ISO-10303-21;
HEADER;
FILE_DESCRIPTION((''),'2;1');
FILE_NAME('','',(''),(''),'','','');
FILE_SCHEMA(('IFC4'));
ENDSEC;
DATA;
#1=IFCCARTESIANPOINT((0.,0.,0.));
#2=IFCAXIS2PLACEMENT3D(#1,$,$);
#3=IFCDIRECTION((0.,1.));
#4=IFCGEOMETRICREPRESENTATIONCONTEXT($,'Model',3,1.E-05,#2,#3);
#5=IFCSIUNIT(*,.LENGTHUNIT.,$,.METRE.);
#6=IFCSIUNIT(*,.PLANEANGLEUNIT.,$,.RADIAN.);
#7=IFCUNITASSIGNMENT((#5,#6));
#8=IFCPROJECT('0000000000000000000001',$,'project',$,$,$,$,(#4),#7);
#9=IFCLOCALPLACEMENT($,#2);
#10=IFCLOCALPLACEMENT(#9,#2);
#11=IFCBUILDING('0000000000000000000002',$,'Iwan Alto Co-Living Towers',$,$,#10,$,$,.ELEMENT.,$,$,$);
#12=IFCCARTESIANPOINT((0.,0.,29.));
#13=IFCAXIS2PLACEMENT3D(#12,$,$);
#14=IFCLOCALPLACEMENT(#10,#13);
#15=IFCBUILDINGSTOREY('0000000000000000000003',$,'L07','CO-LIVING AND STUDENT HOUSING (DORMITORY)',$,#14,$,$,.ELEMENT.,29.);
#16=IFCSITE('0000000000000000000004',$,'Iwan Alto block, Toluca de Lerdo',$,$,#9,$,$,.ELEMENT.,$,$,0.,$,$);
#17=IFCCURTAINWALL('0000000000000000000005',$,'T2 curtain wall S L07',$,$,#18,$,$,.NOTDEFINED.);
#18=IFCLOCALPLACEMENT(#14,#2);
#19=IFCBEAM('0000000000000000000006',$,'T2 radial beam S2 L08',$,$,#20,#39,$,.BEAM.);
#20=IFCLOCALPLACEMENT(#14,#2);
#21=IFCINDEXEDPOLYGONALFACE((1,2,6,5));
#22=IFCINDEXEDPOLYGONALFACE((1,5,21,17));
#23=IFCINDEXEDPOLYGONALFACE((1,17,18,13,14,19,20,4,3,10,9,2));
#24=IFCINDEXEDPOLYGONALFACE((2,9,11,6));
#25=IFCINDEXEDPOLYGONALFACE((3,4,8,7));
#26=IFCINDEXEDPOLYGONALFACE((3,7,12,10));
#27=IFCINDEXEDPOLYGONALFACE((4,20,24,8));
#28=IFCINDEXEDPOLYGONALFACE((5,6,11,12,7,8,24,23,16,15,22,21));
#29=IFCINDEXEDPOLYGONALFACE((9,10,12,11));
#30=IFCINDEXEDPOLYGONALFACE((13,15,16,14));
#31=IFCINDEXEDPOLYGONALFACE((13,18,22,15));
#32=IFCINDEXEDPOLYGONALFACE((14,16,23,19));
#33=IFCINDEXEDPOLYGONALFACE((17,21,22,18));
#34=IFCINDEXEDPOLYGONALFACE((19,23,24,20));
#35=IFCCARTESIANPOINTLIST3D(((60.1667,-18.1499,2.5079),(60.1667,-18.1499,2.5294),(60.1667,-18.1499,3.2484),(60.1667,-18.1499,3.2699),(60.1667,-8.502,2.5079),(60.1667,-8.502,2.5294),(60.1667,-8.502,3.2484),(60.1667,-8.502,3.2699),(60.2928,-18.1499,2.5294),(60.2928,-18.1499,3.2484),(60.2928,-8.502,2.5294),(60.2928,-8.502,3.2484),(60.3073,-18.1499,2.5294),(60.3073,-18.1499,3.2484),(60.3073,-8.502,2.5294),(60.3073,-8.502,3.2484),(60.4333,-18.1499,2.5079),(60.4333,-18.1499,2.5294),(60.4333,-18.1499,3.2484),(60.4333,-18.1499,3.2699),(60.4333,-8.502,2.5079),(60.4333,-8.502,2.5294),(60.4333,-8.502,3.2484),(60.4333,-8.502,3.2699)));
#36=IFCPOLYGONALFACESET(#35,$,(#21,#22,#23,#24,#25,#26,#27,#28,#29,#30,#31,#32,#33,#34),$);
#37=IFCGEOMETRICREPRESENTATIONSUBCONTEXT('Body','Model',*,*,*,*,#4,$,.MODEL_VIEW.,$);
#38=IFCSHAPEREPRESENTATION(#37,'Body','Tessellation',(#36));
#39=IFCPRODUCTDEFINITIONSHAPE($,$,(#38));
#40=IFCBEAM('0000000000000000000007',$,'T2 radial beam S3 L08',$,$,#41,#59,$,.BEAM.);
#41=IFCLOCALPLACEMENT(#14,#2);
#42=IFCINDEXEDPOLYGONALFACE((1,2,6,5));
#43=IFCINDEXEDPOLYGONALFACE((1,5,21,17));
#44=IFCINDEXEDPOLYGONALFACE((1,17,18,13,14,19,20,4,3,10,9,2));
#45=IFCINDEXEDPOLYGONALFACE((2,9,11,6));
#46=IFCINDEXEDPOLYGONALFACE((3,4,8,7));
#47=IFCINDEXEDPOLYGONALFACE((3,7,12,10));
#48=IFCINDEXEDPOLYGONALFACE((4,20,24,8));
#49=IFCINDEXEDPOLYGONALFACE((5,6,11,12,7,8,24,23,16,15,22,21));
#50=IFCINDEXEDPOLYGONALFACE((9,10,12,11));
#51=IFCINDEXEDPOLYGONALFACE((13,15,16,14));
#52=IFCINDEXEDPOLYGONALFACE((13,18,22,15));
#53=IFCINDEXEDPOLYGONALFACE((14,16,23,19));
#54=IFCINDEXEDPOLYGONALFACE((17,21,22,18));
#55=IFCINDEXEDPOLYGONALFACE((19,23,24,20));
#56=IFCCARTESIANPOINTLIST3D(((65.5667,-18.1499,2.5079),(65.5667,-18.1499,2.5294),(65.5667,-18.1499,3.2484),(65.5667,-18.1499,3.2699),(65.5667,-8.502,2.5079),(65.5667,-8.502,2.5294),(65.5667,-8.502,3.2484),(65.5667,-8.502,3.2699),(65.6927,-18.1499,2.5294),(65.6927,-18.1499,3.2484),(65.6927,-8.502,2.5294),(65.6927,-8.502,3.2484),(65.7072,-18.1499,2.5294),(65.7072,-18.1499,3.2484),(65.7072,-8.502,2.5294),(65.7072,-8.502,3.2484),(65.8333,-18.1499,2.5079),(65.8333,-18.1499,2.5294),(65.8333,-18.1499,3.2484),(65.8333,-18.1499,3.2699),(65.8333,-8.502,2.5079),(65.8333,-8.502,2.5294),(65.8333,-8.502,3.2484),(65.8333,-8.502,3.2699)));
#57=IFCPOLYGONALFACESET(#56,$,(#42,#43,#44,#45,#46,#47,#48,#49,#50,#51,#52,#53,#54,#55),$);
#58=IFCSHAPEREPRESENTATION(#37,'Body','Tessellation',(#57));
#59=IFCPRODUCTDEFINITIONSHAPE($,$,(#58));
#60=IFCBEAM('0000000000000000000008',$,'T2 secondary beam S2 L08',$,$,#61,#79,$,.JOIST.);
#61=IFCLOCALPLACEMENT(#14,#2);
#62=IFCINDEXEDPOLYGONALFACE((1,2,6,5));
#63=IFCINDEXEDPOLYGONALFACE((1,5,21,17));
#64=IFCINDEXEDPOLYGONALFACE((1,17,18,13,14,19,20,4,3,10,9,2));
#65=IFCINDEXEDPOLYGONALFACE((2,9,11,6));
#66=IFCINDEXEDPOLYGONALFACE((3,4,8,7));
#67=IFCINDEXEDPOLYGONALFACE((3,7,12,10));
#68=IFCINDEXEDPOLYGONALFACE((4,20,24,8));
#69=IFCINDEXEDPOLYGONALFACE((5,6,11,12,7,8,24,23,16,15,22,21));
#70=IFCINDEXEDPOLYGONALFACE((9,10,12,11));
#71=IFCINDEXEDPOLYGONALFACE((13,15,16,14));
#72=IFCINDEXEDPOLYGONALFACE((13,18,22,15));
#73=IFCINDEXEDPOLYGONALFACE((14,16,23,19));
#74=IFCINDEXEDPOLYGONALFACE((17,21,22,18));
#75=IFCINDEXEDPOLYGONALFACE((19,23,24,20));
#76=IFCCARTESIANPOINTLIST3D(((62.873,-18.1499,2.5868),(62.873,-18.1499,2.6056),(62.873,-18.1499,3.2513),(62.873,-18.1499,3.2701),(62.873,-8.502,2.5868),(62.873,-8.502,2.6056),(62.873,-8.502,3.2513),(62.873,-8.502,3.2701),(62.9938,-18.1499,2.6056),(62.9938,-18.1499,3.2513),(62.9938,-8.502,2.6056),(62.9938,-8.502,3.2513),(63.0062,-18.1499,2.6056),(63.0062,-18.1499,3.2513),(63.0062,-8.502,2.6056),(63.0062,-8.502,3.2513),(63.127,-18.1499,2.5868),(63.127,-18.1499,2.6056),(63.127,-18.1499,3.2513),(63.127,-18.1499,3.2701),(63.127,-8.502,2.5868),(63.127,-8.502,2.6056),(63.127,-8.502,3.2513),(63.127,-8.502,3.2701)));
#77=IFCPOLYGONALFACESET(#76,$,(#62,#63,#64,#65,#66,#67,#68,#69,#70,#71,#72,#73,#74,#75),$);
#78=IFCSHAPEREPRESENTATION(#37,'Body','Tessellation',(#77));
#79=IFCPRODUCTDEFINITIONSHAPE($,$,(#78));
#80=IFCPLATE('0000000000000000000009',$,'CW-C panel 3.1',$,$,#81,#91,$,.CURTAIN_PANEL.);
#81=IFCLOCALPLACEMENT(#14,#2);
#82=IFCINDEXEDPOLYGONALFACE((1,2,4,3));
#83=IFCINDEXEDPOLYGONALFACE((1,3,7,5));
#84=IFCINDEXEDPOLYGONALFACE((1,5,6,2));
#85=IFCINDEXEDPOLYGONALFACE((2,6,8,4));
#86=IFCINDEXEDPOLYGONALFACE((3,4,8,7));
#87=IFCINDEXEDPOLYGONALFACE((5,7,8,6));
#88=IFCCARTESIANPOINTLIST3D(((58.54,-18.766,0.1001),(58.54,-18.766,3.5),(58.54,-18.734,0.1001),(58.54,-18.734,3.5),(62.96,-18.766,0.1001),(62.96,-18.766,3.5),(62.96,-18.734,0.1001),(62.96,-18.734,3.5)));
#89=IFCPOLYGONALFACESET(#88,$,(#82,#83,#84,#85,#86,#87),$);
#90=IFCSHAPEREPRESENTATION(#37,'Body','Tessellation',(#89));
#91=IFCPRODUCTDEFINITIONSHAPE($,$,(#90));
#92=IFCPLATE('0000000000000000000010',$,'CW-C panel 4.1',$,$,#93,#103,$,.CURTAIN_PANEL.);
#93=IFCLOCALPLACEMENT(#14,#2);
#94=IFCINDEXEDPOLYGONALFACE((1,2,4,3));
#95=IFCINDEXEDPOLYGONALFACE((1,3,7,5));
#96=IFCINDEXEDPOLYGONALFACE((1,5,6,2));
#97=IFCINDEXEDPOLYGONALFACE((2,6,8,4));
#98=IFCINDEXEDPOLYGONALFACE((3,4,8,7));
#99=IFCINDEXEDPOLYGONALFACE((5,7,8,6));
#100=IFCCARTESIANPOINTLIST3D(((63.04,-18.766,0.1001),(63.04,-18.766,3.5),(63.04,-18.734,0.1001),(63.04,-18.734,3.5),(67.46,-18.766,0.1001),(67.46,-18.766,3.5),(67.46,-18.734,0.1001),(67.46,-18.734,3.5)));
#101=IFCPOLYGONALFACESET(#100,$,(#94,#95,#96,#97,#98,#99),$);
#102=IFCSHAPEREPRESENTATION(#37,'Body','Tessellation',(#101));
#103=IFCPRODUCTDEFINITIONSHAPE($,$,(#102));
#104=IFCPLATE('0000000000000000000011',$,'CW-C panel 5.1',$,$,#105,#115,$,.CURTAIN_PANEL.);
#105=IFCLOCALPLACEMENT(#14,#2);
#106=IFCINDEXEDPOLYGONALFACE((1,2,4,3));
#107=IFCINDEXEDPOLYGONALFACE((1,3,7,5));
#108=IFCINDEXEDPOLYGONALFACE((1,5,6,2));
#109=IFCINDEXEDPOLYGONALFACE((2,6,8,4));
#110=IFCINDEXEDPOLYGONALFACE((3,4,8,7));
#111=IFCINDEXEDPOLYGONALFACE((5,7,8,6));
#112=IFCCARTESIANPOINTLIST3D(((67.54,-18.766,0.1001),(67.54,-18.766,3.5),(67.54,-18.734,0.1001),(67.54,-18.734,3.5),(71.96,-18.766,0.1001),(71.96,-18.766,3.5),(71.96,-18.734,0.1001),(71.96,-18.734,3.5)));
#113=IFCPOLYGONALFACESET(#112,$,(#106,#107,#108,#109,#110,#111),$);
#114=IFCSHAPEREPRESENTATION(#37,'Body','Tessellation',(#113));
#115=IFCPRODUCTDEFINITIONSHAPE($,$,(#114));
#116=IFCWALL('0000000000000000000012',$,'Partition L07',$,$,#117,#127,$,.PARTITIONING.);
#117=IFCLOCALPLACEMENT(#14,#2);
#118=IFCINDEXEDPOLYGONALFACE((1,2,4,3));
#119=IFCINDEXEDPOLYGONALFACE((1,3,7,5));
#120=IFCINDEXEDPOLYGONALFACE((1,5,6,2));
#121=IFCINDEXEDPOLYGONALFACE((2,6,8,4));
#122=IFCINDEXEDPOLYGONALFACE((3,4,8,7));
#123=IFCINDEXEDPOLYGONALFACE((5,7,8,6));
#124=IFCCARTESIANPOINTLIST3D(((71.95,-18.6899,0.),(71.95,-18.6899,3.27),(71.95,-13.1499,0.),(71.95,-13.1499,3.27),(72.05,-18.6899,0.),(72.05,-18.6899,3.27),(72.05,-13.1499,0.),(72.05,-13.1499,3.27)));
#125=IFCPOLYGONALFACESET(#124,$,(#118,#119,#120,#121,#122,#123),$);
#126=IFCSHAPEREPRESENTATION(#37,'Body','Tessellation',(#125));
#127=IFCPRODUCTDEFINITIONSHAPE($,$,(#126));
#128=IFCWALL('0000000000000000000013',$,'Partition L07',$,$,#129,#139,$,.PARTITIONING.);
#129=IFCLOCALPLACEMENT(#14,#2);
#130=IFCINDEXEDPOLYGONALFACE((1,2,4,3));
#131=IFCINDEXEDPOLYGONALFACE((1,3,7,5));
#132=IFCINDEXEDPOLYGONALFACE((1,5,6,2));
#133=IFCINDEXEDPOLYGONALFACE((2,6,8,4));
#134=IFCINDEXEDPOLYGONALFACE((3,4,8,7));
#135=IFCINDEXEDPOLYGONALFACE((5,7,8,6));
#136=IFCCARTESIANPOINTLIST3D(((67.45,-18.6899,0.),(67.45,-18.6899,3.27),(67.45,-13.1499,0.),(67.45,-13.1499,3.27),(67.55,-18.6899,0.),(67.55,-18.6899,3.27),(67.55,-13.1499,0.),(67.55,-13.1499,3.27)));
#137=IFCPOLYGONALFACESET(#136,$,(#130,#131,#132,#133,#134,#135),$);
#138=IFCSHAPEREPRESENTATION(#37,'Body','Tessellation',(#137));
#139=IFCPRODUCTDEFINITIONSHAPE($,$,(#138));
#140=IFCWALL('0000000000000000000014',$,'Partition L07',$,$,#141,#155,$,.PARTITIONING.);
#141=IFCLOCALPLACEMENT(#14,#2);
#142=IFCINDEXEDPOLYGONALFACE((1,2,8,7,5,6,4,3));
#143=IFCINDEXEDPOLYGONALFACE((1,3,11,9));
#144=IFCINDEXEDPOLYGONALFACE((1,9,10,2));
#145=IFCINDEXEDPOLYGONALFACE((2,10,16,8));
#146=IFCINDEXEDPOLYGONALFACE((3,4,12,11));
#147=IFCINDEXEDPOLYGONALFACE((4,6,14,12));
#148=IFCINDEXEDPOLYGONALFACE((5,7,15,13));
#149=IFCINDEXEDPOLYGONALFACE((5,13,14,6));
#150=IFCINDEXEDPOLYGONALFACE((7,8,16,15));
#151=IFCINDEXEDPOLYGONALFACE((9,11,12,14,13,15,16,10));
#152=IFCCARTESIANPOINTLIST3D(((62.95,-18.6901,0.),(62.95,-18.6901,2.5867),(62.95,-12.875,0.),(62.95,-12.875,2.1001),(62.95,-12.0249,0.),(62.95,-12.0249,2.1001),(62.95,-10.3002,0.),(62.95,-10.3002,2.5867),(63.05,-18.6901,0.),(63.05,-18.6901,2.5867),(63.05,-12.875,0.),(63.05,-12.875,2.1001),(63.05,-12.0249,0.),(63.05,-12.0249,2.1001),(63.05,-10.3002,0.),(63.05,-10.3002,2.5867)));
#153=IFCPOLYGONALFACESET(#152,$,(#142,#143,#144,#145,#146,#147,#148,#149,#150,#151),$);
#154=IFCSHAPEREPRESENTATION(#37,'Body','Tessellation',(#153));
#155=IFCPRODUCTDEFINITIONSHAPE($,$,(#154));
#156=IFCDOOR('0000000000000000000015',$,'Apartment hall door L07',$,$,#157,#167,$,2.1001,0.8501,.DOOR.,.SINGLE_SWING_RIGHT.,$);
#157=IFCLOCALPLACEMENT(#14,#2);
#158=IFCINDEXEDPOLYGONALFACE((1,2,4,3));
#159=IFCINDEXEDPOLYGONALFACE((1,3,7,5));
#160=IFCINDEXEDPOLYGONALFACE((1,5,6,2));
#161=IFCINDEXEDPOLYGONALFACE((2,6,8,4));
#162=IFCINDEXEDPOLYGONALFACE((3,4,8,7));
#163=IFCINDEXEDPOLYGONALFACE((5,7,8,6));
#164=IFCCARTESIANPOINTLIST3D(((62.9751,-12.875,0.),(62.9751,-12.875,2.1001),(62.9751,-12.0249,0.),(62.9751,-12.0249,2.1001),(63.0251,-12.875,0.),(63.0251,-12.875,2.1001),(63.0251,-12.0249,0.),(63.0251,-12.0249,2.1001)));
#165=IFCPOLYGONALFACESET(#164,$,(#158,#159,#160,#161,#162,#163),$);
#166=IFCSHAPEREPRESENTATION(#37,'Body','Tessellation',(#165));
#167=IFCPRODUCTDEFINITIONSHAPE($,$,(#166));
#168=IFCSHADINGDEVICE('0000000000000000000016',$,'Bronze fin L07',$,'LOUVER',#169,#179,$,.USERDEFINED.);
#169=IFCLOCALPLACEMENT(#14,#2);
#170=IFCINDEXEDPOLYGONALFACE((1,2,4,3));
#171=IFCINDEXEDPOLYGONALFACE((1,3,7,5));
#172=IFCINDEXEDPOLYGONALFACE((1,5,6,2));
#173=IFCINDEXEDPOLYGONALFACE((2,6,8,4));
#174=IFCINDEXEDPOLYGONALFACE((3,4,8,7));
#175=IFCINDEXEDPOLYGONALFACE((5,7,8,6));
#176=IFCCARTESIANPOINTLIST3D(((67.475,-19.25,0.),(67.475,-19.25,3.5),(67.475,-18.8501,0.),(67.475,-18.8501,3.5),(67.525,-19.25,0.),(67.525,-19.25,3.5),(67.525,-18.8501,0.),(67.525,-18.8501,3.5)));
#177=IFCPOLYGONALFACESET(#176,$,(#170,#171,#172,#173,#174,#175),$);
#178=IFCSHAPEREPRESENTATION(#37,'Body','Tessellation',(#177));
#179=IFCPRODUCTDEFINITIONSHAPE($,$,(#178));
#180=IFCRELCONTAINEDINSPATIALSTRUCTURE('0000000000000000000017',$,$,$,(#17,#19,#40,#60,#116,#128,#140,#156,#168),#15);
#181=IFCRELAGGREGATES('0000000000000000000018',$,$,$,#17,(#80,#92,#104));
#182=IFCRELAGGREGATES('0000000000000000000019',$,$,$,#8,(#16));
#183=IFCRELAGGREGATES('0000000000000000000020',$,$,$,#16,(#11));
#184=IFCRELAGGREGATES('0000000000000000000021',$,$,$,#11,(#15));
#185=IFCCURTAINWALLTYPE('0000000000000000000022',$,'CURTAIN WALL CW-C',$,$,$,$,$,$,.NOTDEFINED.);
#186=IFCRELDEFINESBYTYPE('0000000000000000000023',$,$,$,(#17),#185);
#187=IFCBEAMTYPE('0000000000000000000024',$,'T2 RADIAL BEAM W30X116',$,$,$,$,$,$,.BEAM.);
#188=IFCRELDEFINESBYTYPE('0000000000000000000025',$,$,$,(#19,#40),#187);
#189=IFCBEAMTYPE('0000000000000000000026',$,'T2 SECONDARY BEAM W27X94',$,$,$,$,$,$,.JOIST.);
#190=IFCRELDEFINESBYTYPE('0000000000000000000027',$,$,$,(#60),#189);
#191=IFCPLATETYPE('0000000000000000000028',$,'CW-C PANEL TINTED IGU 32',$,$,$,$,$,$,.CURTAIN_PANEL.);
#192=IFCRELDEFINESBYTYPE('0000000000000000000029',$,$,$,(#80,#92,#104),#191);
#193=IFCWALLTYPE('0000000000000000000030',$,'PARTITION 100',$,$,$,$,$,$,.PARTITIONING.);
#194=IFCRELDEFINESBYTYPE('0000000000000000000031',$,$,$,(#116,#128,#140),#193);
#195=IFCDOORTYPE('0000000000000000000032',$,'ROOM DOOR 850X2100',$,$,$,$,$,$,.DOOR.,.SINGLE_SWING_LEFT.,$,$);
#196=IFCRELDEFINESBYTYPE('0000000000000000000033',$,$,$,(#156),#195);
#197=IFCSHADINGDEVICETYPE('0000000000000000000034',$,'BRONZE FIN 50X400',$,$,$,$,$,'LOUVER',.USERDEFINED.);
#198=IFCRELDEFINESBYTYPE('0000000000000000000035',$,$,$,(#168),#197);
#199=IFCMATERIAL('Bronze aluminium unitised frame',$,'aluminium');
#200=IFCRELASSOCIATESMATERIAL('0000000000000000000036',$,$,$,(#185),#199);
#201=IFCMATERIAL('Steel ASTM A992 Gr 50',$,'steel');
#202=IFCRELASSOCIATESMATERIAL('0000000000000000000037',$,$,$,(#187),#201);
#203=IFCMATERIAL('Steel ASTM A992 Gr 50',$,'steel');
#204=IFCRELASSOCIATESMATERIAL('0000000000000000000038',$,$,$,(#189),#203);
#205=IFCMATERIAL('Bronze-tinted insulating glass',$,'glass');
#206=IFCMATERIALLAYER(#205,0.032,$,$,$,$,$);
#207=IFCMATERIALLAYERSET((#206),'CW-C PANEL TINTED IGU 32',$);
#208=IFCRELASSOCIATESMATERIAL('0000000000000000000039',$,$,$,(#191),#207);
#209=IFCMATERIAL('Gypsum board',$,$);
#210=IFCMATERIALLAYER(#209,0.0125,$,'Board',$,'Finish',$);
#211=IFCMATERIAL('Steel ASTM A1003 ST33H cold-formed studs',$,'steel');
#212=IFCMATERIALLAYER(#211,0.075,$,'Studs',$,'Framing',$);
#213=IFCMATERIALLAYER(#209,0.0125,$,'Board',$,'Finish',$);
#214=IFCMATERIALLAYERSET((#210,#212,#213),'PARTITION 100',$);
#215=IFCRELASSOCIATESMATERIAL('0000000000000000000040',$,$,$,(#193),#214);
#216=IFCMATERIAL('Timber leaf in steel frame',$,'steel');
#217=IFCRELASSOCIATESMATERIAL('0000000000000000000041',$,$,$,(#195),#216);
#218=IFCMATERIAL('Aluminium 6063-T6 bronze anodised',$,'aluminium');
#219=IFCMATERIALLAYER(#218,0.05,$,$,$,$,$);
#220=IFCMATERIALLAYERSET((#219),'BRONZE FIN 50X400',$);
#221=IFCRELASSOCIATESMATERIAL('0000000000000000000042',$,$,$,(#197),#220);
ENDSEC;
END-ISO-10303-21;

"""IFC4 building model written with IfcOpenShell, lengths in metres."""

from ifc_helpers import new_model, si_unit, direction, frame, frame_2d, origin, origin_2d, place, context, subcontext, project, spatial, rectangle, i_section, extrude, material, layer, layer_set, material_profile, profile_set, type_object, element, fill, aggregate, save


model = new_model("IFC4")

# Units and contexts
model_context = context("Model", 3, precision=1e-05, world=origin(), true_north=direction((0.0, 1.0)))
body_context = subcontext(model_context, "Body", "Model", "MODEL_VIEW")
ifc_project = project(units=[si_unit("LENGTHUNIT", "METRE"), si_unit("PLANEANGLEUNIT", "RADIAN")], contexts=[model_context])

# Site, building, storey
site_placement = place(None, origin())
site = spatial("IfcSite", under=ifc_project, at=site_placement, Name="Iwan Alto block, Toluca de Lerdo", CompositionType="ELEMENT", RefElevation=0.0)
building_placement = place(site_placement, origin())
building = spatial("IfcBuilding", under=site, at=building_placement, Name="Iwan Alto Co-Living Towers", CompositionType="ELEMENT")
storey_placement = place(building_placement, frame((0.0, 0.0, 29.0)))
storey = spatial("IfcBuildingStorey", under=building, at=storey_placement, Name="L07", Description="CO-LIVING AND STUDENT HOUSING (DORMITORY)", CompositionType="ELEMENT", Elevation=29.0)

# Curtain wall
ifc_material_1 = material(Name="Bronze aluminium unitised frame", Category="aluminium")
curtain_wall_type = type_object("IfcCurtainWallType", Name="CURTAIN WALL CW-C", PredefinedType="NOTDEFINED", material=ifc_material_1)
curtain_wall_placement = place(storey_placement, origin())
curtain_wall = element("IfcCurtainWall", 1, at=curtain_wall_placement, inside=storey, type_object=curtain_wall_type, Name="T2 curtain wall S L07", PredefinedType="NOTDEFINED")

# Beams
ifc_material_2 = material(Name="Steel ASTM A992 Gr 50", Category="steel")
ifc_material_profile_1 = material_profile(ifc_material_2, i_section(OverallWidth=0.2666, OverallDepth=0.762, WebThickness=0.0144, FlangeThickness=0.0215, at=origin_2d()), Name="W30X116")
ifc_profile_set_1 = profile_set([ifc_material_profile_1], Name="Steel ASTM A992 Gr 50")
beam_type_1 = type_object("IfcBeamType", Name="T2 RADIAL BEAM W30X116", PredefinedType="BEAM", material=ifc_profile_set_1)
for number, where, z_axis, x_axis, name in (
    (2, (60.3, -18.1499, 2.8889), (0.0, 1.0, 0.0), (-1.0, 0.0, 0.0), "T2 radial beam S2 L08"),
    (3, (65.7, -18.1499, 2.8889), (0.0, 1.0, 0.0), (-1.0, 0.0, 0.0), "T2 radial beam S3 L08"),
):
    element("IfcBeam", number, at=place(storey_placement, frame(where, z_axis=z_axis, x_axis=x_axis)), inside=storey, type_object=beam_type_1, Name=name, PredefinedType="BEAM", context=body_context, shape_type="SweptSolid", body=[
        extrude(i_section(OverallWidth=0.2666, OverallDepth=0.762, WebThickness=0.0144, FlangeThickness=0.0215, at=origin_2d()), origin(), (0.0, 0.0, 1.0), 9.6479),
    ])
ifc_material_3 = material(Name="Steel ASTM A992 Gr 50", Category="steel")
ifc_material_profile_2 = material_profile(ifc_material_3, i_section(OverallWidth=0.2539, OverallDepth=0.6833, WebThickness=0.0125, FlangeThickness=0.0188, at=origin_2d()), Name="W27X94")
ifc_profile_set_2 = profile_set([ifc_material_profile_2], Name="Steel ASTM A992 Gr 50")
beam_type_2 = type_object("IfcBeamType", Name="T2 SECONDARY BEAM W27X94", PredefinedType="JOIST", material=ifc_profile_set_2)
beam_1_placement = place(storey_placement, frame((63.0, -18.1499, 2.9285), z_axis=(0.0, 1.0, 0.0), x_axis=(-1.0, 0.0, 0.0)))
element("IfcBeam", 4, at=beam_1_placement, inside=storey, type_object=beam_type_2, Name="T2 secondary beam S2 L08", PredefinedType="JOIST", context=body_context, shape_type="SweptSolid", body=[
    extrude(i_section(OverallWidth=0.2539, OverallDepth=0.6833, WebThickness=0.0125, FlangeThickness=0.0188, at=origin_2d()), origin(), (0.0, 0.0, 1.0), 9.6479),
])

# Plates
ifc_material_4 = material(Name="Bronze-tinted insulating glass", Category="glass")
ifc_layer_1 = layer(ifc_material_4, 0.032)
ifc_layer_set_1 = layer_set([ifc_layer_1], Name="CW-C PANEL TINTED IGU 32")
plate_type = type_object("IfcPlateType", Name="CW-C PANEL TINTED IGU 32", PredefinedType="CURTAIN_PANEL", material=ifc_layer_set_1)
plate_1_placement = place(storey_placement, frame((60.75, -18.75, 0.1001), z_axis=(0.0, 0.0, 1.0), x_axis=(1.0, 0.0, 0.0)))
plate_1 = element("IfcPlate", 5, at=plate_1_placement, type_object=plate_type, Name="CW-C panel 3.1", PredefinedType="CURTAIN_PANEL", context=body_context, shape_type="SweptSolid", body=[
    extrude(rectangle(XDim=4.4199, YDim=0.032, at=origin_2d()), origin(), (0.0, 0.0, 1.0), 3.3999),
])
plate_2_placement = place(storey_placement, frame((65.25, -18.75, 0.1001), z_axis=(0.0, 0.0, 1.0), x_axis=(1.0, 0.0, 0.0)))
plate_2 = element("IfcPlate", 6, at=plate_2_placement, type_object=plate_type, Name="CW-C panel 4.1", PredefinedType="CURTAIN_PANEL", context=body_context, shape_type="SweptSolid", body=[
    extrude(rectangle(XDim=4.4199, YDim=0.032, at=origin_2d()), origin(), (0.0, 0.0, 1.0), 3.3999),
])
plate_3_placement = place(storey_placement, frame((69.75, -18.75, 0.1001), z_axis=(0.0, 0.0, 1.0), x_axis=(1.0, 0.0, 0.0)))
plate_3 = element("IfcPlate", 7, at=plate_3_placement, type_object=plate_type, Name="CW-C panel 5.1", PredefinedType="CURTAIN_PANEL", context=body_context, shape_type="SweptSolid", body=[
    extrude(rectangle(XDim=4.4199, YDim=0.032, at=origin_2d()), origin(), (0.0, 0.0, 1.0), 3.3999),
])
aggregate(curtain_wall, [plate_1, plate_2, plate_3])

# Walls
ifc_material_5 = material(Name="Gypsum board")
ifc_layer_2 = layer(ifc_material_5, 0.0125, Name="Board", Category="Finish")
ifc_material_6 = material(Name="Steel ASTM A1003 ST33H cold-formed studs", Category="steel")
ifc_layer_3 = layer(ifc_material_6, 0.075, Name="Studs", Category="Framing")
ifc_layer_4 = layer(ifc_material_5, 0.0125, Name="Board", Category="Finish")
ifc_layer_set_2 = layer_set([ifc_layer_2, ifc_layer_3, ifc_layer_4], Name="PARTITION 100")
wall_type = type_object("IfcWallType", Name="PARTITION 100", PredefinedType="PARTITIONING", material=ifc_layer_set_2)
for number, where, z_axis, x_axis, name in (
    (8, (72.0, -18.6899, 0.0), (0.0, 0.0, 1.0), (0.0, 1.0, 0.0), "Partition L07"),
    (9, (67.5, -18.6899, 0.0), (0.0, 0.0, 1.0), (0.0, 1.0, 0.0), "Partition L07"),
):
    element("IfcWall", number, at=place(storey_placement, frame(where, z_axis=z_axis, x_axis=x_axis)), inside=storey, type_object=wall_type, Name=name, PredefinedType="PARTITIONING", context=body_context, shape_type="SweptSolid", body=[
        extrude(rectangle(XDim=5.54, YDim=0.1001, at=frame_2d((2.77, 0.0))), origin(), (0.0, 0.0, 1.0), 3.27),
    ])

# Wall, opening, door
wall_placement = place(storey_placement, frame((63.0, -18.6899, 0.0), z_axis=(0.0, 0.0, 1.0), x_axis=(0.0, 1.0, 0.0)))
wall = element("IfcWall", 10, at=wall_placement, inside=storey, type_object=wall_type, Name="Partition L07", PredefinedType="PARTITIONING", context=body_context, shape_type="SweptSolid", body=[
    extrude(rectangle(XDim=8.3899, YDim=0.1001, at=frame_2d((4.1948, 0.0))), origin(), (0.0, 0.0, 1.0), 2.5867),
])
opening_placement = place(wall_placement, frame((5.8149, 0.0, 0.0)))
opening = element("IfcOpeningElement", 11, at=opening_placement, cuts=wall, PredefinedType="OPENING", context=body_context, shape_type="SweptSolid", body=[
    extrude(rectangle(XDim=0.8501, YDim=2.1001, at=frame_2d((0.425, 1.05))), frame((0.0, 0.0601, 0.0), z_axis=(0.0, -1.0, 0.0), x_axis=(1.0, 0.0, 0.0)), (0.0, 0.0, 1.0), 0.1201),
])
ifc_material_7 = material(Name="Timber leaf in steel frame", Category="steel")
door_type = type_object("IfcDoorType", Name="ROOM DOOR 850X2100", OperationType="SINGLE_SWING_LEFT", PredefinedType="DOOR", material=ifc_material_7)
door_placement = place(opening_placement, origin())
door = element("IfcDoor", 12, at=door_placement, inside=storey, type_object=door_type, Name="Apartment hall door L07", OperationType="SINGLE_SWING_RIGHT", OverallHeight=2.1001, OverallWidth=0.8501, PredefinedType="DOOR", context=body_context, shape_type="SweptSolid", body=[
    extrude(rectangle(XDim=0.8501, YDim=2.1001, at=frame_2d((0.425, 1.05))), frame((0.0, 0.0249, 0.0), z_axis=(0.0, -1.0, 0.0), x_axis=(1.0, 0.0, 0.0)), (0.0, 0.0, 1.0), 0.05),
])
fill(opening, door)

# Shading device
ifc_material_8 = material(Name="Aluminium 6063-T6 bronze anodised", Category="aluminium")
ifc_layer_5 = layer(ifc_material_8, 0.05)
ifc_layer_set_3 = layer_set([ifc_layer_5], Name="BRONZE FIN 50X400")
shading_device_type = type_object("IfcShadingDeviceType", Name="BRONZE FIN 50X400", ElementType="LOUVER", PredefinedType="USERDEFINED", material=ifc_layer_set_3)
shading_device_placement = place(storey_placement, frame((67.5, -19.05, 0.0), z_axis=(0.0, 0.0, 1.0), x_axis=(1.0, 0.0, 0.0)))
element("IfcShadingDevice", 13, at=shading_device_placement, inside=storey, type_object=shading_device_type, Name="Bronze fin L07", ObjectType="LOUVER", PredefinedType="USERDEFINED", context=body_context, shape_type="SweptSolid", body=[
    extrude(rectangle(XDim=0.05, YDim=0.3999, at=origin_2d()), origin(), (0.0, 0.0, 1.0), 3.5),
])

save(model, "model.ifc")
